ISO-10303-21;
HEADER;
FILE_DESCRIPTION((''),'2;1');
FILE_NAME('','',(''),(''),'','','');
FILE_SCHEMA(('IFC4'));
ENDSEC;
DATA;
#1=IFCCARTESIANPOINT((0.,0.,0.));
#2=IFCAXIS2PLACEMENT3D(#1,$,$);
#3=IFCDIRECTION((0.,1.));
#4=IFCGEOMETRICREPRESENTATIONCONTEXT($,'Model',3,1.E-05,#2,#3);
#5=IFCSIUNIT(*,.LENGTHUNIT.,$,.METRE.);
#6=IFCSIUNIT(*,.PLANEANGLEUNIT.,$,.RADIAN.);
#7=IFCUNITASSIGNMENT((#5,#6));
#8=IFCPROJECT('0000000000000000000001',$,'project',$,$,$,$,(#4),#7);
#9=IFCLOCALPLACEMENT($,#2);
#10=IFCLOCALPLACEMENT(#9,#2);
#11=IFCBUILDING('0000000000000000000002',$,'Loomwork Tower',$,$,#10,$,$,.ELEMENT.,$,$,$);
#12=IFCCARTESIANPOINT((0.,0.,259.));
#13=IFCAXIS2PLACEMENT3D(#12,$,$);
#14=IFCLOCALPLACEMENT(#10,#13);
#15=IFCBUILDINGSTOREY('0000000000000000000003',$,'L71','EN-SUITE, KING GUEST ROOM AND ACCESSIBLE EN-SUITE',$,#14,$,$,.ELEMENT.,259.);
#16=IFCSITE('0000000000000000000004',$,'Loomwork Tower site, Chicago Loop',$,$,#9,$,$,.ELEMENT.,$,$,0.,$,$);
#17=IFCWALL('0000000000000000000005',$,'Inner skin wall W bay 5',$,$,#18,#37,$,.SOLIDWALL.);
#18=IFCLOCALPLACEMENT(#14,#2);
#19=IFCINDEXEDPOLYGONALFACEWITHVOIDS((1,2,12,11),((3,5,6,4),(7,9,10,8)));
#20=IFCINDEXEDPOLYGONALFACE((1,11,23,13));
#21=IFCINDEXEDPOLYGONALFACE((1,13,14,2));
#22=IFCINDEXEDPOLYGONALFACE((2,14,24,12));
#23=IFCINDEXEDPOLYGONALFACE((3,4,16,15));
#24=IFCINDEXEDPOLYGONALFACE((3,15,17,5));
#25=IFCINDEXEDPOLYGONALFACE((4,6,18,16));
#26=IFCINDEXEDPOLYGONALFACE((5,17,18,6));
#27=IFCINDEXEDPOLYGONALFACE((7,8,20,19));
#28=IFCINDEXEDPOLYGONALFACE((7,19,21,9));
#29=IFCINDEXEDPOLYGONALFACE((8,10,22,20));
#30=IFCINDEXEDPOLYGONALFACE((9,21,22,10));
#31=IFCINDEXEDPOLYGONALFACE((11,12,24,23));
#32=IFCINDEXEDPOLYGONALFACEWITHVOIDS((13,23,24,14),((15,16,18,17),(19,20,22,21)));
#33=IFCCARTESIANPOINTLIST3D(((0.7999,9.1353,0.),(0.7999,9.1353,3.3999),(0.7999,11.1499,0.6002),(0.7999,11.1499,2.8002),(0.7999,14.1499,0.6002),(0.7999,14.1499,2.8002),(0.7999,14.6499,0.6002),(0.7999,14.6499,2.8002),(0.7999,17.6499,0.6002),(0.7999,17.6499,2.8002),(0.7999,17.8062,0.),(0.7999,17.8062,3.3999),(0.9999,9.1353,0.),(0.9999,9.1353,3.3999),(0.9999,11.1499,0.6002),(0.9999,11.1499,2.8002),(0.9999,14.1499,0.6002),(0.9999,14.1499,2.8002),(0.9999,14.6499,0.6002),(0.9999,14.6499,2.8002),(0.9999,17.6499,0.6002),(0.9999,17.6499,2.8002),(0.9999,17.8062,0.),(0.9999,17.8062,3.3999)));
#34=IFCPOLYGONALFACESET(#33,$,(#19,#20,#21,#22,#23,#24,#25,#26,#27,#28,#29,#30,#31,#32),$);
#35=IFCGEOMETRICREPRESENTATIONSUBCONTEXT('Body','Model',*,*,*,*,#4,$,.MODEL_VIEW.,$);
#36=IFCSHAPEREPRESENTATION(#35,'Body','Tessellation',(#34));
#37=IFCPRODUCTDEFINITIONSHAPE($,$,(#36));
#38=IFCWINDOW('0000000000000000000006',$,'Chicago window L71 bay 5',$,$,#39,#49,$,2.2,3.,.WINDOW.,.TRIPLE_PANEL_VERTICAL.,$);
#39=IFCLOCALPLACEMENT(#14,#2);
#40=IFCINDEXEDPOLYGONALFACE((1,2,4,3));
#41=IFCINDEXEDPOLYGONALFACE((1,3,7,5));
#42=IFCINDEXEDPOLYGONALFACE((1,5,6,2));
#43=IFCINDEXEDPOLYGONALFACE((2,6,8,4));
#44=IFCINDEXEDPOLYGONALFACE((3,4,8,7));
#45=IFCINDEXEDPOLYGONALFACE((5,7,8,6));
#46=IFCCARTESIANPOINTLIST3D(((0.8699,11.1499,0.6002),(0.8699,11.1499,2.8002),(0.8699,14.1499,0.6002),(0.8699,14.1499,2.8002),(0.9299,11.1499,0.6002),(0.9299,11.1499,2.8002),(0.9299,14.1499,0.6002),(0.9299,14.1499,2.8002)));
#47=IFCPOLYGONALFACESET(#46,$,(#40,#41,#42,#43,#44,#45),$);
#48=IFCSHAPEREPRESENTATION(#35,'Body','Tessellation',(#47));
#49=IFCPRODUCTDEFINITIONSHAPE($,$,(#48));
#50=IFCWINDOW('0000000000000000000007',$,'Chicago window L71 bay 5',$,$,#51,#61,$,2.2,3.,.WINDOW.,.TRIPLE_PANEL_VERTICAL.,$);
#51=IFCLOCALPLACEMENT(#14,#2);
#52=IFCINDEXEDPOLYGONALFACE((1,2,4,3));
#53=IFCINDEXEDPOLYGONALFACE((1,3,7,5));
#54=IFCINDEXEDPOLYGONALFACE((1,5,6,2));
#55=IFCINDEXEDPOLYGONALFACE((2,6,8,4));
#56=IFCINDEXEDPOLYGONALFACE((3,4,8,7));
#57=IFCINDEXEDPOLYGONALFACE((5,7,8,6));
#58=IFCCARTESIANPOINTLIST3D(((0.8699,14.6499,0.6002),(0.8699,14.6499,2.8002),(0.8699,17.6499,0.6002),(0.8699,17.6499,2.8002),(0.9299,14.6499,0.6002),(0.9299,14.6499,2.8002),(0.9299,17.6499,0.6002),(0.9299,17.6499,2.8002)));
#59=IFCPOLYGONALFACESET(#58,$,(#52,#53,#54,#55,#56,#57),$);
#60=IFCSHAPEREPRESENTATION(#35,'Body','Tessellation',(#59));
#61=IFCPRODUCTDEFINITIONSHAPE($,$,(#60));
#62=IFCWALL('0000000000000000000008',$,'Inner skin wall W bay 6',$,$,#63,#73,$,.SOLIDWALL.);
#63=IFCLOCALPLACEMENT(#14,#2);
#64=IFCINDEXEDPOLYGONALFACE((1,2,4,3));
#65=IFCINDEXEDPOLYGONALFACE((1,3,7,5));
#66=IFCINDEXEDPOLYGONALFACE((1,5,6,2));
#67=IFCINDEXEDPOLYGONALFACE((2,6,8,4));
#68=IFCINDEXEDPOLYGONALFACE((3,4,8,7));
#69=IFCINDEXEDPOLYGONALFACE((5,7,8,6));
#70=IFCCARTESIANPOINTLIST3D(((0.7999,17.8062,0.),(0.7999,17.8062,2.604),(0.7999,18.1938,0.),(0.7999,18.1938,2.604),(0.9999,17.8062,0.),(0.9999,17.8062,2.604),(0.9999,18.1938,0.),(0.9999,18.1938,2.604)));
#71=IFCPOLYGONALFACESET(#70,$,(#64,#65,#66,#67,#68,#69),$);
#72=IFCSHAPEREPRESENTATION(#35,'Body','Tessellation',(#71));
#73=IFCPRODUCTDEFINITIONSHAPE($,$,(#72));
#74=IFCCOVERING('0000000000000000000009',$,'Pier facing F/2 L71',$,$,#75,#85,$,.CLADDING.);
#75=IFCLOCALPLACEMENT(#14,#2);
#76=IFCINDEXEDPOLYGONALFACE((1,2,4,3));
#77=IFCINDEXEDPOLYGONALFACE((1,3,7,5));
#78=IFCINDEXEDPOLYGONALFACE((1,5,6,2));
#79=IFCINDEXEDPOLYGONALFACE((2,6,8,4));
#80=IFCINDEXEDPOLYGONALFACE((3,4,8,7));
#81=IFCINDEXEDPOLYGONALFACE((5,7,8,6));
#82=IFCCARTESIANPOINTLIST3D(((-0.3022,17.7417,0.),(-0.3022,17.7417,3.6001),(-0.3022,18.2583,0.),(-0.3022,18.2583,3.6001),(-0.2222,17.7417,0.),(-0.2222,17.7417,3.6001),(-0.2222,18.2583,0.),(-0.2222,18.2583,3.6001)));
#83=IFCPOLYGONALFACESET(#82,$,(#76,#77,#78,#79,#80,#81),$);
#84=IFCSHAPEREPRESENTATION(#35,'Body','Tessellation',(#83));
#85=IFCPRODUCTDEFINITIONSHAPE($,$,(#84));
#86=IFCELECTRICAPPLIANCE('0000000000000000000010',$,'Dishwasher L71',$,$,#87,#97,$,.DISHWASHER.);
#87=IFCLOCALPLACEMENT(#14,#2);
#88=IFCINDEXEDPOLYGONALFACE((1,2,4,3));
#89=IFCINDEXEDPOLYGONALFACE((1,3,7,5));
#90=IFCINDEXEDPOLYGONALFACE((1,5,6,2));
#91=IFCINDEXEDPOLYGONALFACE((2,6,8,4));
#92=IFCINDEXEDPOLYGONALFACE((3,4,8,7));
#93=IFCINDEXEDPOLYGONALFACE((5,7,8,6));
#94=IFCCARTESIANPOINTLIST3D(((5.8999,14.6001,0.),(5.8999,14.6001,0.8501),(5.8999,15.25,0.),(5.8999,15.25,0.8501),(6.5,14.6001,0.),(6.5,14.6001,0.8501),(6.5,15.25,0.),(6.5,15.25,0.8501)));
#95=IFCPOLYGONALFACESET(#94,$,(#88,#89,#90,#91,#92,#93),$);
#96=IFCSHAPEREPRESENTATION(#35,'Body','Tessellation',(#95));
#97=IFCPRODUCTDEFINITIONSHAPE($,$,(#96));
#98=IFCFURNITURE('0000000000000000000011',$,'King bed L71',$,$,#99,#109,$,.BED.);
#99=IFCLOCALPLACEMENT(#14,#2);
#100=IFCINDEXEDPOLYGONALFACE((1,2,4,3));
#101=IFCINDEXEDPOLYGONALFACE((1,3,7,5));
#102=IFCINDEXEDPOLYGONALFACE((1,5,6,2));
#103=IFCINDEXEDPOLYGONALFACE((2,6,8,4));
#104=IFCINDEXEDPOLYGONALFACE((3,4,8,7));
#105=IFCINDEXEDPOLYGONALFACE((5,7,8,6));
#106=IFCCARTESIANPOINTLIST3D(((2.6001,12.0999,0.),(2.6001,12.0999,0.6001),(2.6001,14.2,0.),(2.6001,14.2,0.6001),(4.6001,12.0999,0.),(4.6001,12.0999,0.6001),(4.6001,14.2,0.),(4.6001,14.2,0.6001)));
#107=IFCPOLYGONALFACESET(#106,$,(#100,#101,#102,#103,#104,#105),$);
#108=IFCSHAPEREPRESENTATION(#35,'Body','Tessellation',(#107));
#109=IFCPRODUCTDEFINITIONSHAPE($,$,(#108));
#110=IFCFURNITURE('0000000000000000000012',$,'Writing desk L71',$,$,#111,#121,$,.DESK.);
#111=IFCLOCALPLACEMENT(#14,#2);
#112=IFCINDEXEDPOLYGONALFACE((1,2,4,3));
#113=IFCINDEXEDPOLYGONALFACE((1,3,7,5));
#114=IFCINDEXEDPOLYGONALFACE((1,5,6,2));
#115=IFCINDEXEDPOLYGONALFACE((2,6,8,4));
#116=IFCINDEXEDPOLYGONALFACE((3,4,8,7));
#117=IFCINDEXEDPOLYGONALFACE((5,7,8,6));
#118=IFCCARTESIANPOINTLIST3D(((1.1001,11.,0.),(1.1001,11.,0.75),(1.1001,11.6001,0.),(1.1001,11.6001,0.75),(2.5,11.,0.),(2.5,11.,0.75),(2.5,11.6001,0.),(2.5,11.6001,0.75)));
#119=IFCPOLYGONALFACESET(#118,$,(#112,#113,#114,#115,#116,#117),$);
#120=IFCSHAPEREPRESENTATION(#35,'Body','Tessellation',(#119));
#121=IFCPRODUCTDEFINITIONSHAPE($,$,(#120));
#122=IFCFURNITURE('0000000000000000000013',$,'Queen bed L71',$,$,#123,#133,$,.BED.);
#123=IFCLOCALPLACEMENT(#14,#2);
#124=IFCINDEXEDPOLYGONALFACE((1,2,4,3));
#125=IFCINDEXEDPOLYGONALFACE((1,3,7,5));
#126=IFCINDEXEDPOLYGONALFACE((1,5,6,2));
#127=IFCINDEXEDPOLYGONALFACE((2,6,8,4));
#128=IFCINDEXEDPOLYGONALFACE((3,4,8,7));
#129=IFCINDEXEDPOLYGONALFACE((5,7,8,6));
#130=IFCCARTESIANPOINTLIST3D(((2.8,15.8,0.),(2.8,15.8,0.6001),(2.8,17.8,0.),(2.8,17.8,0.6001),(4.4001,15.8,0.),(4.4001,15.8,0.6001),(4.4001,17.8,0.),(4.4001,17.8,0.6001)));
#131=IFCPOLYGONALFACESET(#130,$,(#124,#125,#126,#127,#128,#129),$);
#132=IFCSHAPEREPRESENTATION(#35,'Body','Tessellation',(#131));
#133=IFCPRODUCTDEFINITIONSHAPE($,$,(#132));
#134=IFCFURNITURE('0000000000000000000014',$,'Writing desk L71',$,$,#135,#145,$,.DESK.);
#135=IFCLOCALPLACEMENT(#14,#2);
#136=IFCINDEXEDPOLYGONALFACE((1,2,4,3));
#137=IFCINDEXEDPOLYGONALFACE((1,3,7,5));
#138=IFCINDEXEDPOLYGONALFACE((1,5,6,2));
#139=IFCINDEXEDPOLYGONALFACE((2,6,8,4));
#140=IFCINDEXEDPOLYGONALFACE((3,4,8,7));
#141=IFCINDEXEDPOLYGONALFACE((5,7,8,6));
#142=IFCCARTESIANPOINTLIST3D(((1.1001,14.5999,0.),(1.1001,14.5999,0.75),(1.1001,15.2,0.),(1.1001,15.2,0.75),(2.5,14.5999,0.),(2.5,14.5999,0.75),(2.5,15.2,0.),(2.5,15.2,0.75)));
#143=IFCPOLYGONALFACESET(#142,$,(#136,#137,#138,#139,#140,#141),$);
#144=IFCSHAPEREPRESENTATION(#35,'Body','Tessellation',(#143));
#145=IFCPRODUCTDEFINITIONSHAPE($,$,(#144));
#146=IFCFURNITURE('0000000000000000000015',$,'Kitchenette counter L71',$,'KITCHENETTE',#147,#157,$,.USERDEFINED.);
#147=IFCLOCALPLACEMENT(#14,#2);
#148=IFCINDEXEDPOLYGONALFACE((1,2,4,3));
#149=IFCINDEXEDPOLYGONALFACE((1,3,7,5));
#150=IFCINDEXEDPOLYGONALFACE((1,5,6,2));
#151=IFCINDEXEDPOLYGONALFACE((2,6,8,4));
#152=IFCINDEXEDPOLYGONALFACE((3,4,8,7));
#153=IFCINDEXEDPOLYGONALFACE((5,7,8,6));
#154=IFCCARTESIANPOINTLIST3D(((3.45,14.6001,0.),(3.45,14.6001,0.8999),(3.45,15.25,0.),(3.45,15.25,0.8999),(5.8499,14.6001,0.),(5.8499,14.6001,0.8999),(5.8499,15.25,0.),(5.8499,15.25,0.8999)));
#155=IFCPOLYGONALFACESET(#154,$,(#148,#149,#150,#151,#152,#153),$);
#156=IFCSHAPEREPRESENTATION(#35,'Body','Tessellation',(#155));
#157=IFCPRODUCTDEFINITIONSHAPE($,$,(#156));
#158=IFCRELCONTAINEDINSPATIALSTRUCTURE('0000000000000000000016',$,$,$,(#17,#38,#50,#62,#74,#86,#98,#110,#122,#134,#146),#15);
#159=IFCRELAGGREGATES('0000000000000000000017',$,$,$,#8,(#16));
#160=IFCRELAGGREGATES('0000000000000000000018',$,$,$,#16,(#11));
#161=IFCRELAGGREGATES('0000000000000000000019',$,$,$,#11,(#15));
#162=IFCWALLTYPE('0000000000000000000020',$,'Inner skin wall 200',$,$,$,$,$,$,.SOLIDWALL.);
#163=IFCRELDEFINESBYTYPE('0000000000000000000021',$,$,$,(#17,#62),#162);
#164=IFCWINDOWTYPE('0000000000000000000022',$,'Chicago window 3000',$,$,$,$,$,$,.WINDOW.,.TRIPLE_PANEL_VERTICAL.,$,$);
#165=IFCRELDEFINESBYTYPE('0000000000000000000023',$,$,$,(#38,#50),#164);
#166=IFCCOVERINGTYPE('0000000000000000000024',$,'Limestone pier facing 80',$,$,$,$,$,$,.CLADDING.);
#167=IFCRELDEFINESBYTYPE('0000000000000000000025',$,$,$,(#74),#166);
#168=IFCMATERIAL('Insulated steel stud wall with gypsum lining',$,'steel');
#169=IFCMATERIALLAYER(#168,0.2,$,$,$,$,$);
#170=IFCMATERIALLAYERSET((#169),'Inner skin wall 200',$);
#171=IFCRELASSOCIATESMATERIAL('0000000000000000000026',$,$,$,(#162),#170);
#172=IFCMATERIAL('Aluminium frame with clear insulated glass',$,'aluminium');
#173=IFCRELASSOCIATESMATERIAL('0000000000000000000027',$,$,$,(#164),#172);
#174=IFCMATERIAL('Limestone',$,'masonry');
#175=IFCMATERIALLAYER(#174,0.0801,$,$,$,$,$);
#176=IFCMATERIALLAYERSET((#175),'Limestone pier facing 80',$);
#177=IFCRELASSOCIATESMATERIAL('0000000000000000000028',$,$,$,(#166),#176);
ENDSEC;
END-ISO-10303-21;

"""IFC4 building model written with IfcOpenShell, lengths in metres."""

from ifc_helpers import new_model, si_unit, direction, frame, frame_2d, origin, origin_2d, place, context, subcontext, project, spatial, rectangle, extrude, material, layer, layer_set, type_object, element, fill, save


model = new_model("IFC4")

# Units and contexts
model_context = context("Model", 3, precision=1e-05, world=origin(), true_north=direction((0.0, 1.0)))
body_context = subcontext(model_context, "Body", "Model", "MODEL_VIEW")
ifc_project = project(units=[si_unit("LENGTHUNIT", "METRE"), si_unit("PLANEANGLEUNIT", "RADIAN")], contexts=[model_context])

# Site, building, storey
site_placement = place(None, origin())
site = spatial("IfcSite", under=ifc_project, at=site_placement, Name="Loomwork Tower site, Chicago Loop", CompositionType="ELEMENT", RefElevation=0.0)
building_placement = place(site_placement, origin())
building = spatial("IfcBuilding", under=site, at=building_placement, Name="Loomwork Tower", CompositionType="ELEMENT")
storey_placement = place(building_placement, frame((0.0, 0.0, 259.0)))
storey = spatial("IfcBuildingStorey", under=building, at=storey_placement, Name="L71", Description="EN-SUITE, KING GUEST ROOM AND ACCESSIBLE EN-SUITE", CompositionType="ELEMENT", Elevation=259.0)

# Wall, openings, windows
ifc_material_1 = material(Name="Insulated steel stud wall with gypsum lining", Category="steel")
ifc_layer_1 = layer(ifc_material_1, 0.2)
ifc_layer_set_1 = layer_set([ifc_layer_1], Name="Inner skin wall 200")
wall_type_1 = type_object("IfcWallType", Name="Inner skin wall 200", PredefinedType="SOLIDWALL", material=ifc_layer_set_1)
wall_1_placement = place(storey_placement, frame((0.8999, 9.1353, 0.0), z_axis=(0.0, 0.0, 1.0), x_axis=(0.0, 1.0, 0.0)))
wall_1 = element("IfcWall", 1, at=wall_1_placement, inside=storey, type_object=wall_type_1, Name="Inner skin wall W bay 5", PredefinedType="SOLIDWALL", context=body_context, shape_type="SweptSolid", body=[
    extrude(rectangle(XDim=8.6709, YDim=0.2, at=frame_2d((4.3354, 0.0))), origin(), (0.0, 0.0, 1.0), 3.3999),
])
opening_1_placement = place(wall_1_placement, frame((2.0146, 0.0, 0.6001)))
opening_1 = element("IfcOpeningElement", 2, at=opening_1_placement, cuts=wall_1, PredefinedType="OPENING", context=body_context, shape_type="SweptSolid", body=[
    extrude(rectangle(XDim=3.0, YDim=2.2, at=frame_2d((1.5, 1.1001))), frame((0.0, 0.1099, 0.0), z_axis=(0.0, -1.0, 0.0), x_axis=(1.0, 0.0, 0.0)), (0.0, 0.0, 1.0), 0.22),
])
opening_2_placement = place(wall_1_placement, frame((5.5146, 0.0, 0.6001)))
opening_2 = element("IfcOpeningElement", 3, at=opening_2_placement, cuts=wall_1, PredefinedType="OPENING", context=body_context, shape_type="SweptSolid", body=[
    extrude(rectangle(XDim=3.0, YDim=2.2, at=frame_2d((1.5, 1.1001))), frame((0.0, 0.1099, 0.0), z_axis=(0.0, -1.0, 0.0), x_axis=(1.0, 0.0, 0.0)), (0.0, 0.0, 1.0), 0.22),
])
ifc_material_2 = material(Name="Aluminium frame with clear insulated glass", Category="aluminium")
window_type = type_object("IfcWindowType", Name="Chicago window 3000", PartitioningType="TRIPLE_PANEL_VERTICAL", PredefinedType="WINDOW", material=ifc_material_2)
window_1_placement = place(opening_1_placement, origin())
window_1 = element("IfcWindow", 4, at=window_1_placement, inside=storey, type_object=window_type, Name="Chicago window L71 bay 5", OverallHeight=2.2, OverallWidth=3.0, PartitioningType="TRIPLE_PANEL_VERTICAL", PredefinedType="WINDOW", context=body_context, shape_type="SweptSolid", body=[
    extrude(rectangle(XDim=3.0, YDim=2.2, at=frame_2d((1.5, 1.1001))), frame((0.0, 0.03, 0.0), z_axis=(0.0, -1.0, 0.0), x_axis=(1.0, 0.0, 0.0)), (0.0, 0.0, 1.0), 0.0601),
])
fill(opening_1, window_1)
window_2_placement = place(opening_2_placement, origin())
window_2 = element("IfcWindow", 5, at=window_2_placement, inside=storey, type_object=window_type, Name="Chicago window L71 bay 5", OverallHeight=2.2, OverallWidth=3.0, PartitioningType="TRIPLE_PANEL_VERTICAL", PredefinedType="WINDOW", context=body_context, shape_type="SweptSolid", body=[
    extrude(rectangle(XDim=3.0, YDim=2.2, at=frame_2d((1.5, 1.1001))), frame((0.0, 0.03, 0.0), z_axis=(0.0, -1.0, 0.0), x_axis=(1.0, 0.0, 0.0)), (0.0, 0.0, 1.0), 0.0601),
])
fill(opening_2, window_2)

# Wall
wall_2_placement = place(storey_placement, frame((0.8999, 17.8062, 0.0), z_axis=(0.0, 0.0, 1.0), x_axis=(0.0, 1.0, 0.0)))
element("IfcWall", 6, at=wall_2_placement, inside=storey, type_object=wall_type_1, Name="Inner skin wall W bay 6", PredefinedType="SOLIDWALL", context=body_context, shape_type="SweptSolid", body=[
    extrude(rectangle(XDim=0.3877, YDim=0.2, at=frame_2d((0.1938, 0.0))), origin(), (0.0, 0.0, 1.0), 2.604),
])

# Covering
ifc_material_3 = material(Name="Limestone", Category="masonry")
ifc_layer_2 = layer(ifc_material_3, 0.0801)
ifc_layer_set_2 = layer_set([ifc_layer_2], Name="Limestone pier facing 80")
covering_type = type_object("IfcCoveringType", Name="Limestone pier facing 80", PredefinedType="CLADDING", material=ifc_layer_set_2)
covering_placement = place(storey_placement, frame((-0.2622, 18.0, 0.0), z_axis=(0.0, 0.0, 1.0), x_axis=(1.0, 0.0, 0.0)))
element("IfcCovering", 7, at=covering_placement, inside=storey, type_object=covering_type, Name="Pier facing F/2 L71", PredefinedType="CLADDING", context=body_context, shape_type="SweptSolid", body=[
    extrude(rectangle(XDim=0.0801, YDim=0.5166, at=origin_2d()), origin(), (0.0, 0.0, 1.0), 3.6001),
])

# Electric appliance
electric_appliance_placement = place(storey_placement, frame((6.2, 14.925, 0.0), z_axis=(0.0, 0.0, 1.0), x_axis=(1.0, 0.0, 0.0)))
element("IfcElectricAppliance", 8, at=electric_appliance_placement, inside=storey, Name="Dishwasher L71", PredefinedType="DISHWASHER", context=body_context, shape_type="SweptSolid", body=[
    extrude(rectangle(XDim=0.6001, YDim=0.6499, at=origin_2d()), origin(), (0.0, 0.0, 1.0), 0.8501),
])

# Furniture
furniture_1_placement = place(storey_placement, frame((3.6001, 13.1499, 0.0), z_axis=(0.0, 0.0, 1.0), x_axis=(1.0, 0.0, 0.0)))
element("IfcFurniture", 9, at=furniture_1_placement, inside=storey, Name="King bed L71", PredefinedType="BED", context=body_context, shape_type="SweptSolid", body=[
    extrude(rectangle(XDim=2.0, YDim=2.1001, at=origin_2d()), origin(), (0.0, 0.0, 1.0), 0.6001),
])
furniture_2_placement = place(storey_placement, frame((1.8, 11.3, 0.0), z_axis=(0.0, 0.0, 1.0), x_axis=(1.0, 0.0, 0.0)))
element("IfcFurniture", 10, at=furniture_2_placement, inside=storey, Name="Writing desk L71", PredefinedType="DESK", context=body_context, shape_type="SweptSolid", body=[
    extrude(rectangle(XDim=1.3999, YDim=0.6001, at=origin_2d()), origin(), (0.0, 0.0, 1.0), 0.75),
])
furniture_3_placement = place(storey_placement, frame((3.6001, 16.8, 0.0), z_axis=(0.0, 0.0, 1.0), x_axis=(1.0, 0.0, 0.0)))
element("IfcFurniture", 11, at=furniture_3_placement, inside=storey, Name="Queen bed L71", PredefinedType="BED", context=body_context, shape_type="SweptSolid", body=[
    extrude(rectangle(XDim=1.6001, YDim=2.0, at=origin_2d()), origin(), (0.0, 0.0, 1.0), 0.6001),
])
furniture_4_placement = place(storey_placement, frame((1.8, 14.8999, 0.0), z_axis=(0.0, 0.0, 1.0), x_axis=(1.0, 0.0, 0.0)))
element("IfcFurniture", 12, at=furniture_4_placement, inside=storey, Name="Writing desk L71", PredefinedType="DESK", context=body_context, shape_type="SweptSolid", body=[
    extrude(rectangle(XDim=1.3999, YDim=0.6001, at=origin_2d()), origin(), (0.0, 0.0, 1.0), 0.75),
])
furniture_5_placement = place(storey_placement, frame((4.6499, 14.925, 0.0), z_axis=(0.0, 0.0, 1.0), x_axis=(1.0, 0.0, 0.0)))
element("IfcFurniture", 13, at=furniture_5_placement, inside=storey, Name="Kitchenette counter L71", ObjectType="KITCHENETTE", PredefinedType="USERDEFINED", context=body_context, shape_type="SweptSolid", body=[
    extrude(rectangle(XDim=2.3999, YDim=0.6499, at=origin_2d()), origin(), (0.0, 0.0, 1.0), 0.8999),
])

save(model, "model.ifc")
